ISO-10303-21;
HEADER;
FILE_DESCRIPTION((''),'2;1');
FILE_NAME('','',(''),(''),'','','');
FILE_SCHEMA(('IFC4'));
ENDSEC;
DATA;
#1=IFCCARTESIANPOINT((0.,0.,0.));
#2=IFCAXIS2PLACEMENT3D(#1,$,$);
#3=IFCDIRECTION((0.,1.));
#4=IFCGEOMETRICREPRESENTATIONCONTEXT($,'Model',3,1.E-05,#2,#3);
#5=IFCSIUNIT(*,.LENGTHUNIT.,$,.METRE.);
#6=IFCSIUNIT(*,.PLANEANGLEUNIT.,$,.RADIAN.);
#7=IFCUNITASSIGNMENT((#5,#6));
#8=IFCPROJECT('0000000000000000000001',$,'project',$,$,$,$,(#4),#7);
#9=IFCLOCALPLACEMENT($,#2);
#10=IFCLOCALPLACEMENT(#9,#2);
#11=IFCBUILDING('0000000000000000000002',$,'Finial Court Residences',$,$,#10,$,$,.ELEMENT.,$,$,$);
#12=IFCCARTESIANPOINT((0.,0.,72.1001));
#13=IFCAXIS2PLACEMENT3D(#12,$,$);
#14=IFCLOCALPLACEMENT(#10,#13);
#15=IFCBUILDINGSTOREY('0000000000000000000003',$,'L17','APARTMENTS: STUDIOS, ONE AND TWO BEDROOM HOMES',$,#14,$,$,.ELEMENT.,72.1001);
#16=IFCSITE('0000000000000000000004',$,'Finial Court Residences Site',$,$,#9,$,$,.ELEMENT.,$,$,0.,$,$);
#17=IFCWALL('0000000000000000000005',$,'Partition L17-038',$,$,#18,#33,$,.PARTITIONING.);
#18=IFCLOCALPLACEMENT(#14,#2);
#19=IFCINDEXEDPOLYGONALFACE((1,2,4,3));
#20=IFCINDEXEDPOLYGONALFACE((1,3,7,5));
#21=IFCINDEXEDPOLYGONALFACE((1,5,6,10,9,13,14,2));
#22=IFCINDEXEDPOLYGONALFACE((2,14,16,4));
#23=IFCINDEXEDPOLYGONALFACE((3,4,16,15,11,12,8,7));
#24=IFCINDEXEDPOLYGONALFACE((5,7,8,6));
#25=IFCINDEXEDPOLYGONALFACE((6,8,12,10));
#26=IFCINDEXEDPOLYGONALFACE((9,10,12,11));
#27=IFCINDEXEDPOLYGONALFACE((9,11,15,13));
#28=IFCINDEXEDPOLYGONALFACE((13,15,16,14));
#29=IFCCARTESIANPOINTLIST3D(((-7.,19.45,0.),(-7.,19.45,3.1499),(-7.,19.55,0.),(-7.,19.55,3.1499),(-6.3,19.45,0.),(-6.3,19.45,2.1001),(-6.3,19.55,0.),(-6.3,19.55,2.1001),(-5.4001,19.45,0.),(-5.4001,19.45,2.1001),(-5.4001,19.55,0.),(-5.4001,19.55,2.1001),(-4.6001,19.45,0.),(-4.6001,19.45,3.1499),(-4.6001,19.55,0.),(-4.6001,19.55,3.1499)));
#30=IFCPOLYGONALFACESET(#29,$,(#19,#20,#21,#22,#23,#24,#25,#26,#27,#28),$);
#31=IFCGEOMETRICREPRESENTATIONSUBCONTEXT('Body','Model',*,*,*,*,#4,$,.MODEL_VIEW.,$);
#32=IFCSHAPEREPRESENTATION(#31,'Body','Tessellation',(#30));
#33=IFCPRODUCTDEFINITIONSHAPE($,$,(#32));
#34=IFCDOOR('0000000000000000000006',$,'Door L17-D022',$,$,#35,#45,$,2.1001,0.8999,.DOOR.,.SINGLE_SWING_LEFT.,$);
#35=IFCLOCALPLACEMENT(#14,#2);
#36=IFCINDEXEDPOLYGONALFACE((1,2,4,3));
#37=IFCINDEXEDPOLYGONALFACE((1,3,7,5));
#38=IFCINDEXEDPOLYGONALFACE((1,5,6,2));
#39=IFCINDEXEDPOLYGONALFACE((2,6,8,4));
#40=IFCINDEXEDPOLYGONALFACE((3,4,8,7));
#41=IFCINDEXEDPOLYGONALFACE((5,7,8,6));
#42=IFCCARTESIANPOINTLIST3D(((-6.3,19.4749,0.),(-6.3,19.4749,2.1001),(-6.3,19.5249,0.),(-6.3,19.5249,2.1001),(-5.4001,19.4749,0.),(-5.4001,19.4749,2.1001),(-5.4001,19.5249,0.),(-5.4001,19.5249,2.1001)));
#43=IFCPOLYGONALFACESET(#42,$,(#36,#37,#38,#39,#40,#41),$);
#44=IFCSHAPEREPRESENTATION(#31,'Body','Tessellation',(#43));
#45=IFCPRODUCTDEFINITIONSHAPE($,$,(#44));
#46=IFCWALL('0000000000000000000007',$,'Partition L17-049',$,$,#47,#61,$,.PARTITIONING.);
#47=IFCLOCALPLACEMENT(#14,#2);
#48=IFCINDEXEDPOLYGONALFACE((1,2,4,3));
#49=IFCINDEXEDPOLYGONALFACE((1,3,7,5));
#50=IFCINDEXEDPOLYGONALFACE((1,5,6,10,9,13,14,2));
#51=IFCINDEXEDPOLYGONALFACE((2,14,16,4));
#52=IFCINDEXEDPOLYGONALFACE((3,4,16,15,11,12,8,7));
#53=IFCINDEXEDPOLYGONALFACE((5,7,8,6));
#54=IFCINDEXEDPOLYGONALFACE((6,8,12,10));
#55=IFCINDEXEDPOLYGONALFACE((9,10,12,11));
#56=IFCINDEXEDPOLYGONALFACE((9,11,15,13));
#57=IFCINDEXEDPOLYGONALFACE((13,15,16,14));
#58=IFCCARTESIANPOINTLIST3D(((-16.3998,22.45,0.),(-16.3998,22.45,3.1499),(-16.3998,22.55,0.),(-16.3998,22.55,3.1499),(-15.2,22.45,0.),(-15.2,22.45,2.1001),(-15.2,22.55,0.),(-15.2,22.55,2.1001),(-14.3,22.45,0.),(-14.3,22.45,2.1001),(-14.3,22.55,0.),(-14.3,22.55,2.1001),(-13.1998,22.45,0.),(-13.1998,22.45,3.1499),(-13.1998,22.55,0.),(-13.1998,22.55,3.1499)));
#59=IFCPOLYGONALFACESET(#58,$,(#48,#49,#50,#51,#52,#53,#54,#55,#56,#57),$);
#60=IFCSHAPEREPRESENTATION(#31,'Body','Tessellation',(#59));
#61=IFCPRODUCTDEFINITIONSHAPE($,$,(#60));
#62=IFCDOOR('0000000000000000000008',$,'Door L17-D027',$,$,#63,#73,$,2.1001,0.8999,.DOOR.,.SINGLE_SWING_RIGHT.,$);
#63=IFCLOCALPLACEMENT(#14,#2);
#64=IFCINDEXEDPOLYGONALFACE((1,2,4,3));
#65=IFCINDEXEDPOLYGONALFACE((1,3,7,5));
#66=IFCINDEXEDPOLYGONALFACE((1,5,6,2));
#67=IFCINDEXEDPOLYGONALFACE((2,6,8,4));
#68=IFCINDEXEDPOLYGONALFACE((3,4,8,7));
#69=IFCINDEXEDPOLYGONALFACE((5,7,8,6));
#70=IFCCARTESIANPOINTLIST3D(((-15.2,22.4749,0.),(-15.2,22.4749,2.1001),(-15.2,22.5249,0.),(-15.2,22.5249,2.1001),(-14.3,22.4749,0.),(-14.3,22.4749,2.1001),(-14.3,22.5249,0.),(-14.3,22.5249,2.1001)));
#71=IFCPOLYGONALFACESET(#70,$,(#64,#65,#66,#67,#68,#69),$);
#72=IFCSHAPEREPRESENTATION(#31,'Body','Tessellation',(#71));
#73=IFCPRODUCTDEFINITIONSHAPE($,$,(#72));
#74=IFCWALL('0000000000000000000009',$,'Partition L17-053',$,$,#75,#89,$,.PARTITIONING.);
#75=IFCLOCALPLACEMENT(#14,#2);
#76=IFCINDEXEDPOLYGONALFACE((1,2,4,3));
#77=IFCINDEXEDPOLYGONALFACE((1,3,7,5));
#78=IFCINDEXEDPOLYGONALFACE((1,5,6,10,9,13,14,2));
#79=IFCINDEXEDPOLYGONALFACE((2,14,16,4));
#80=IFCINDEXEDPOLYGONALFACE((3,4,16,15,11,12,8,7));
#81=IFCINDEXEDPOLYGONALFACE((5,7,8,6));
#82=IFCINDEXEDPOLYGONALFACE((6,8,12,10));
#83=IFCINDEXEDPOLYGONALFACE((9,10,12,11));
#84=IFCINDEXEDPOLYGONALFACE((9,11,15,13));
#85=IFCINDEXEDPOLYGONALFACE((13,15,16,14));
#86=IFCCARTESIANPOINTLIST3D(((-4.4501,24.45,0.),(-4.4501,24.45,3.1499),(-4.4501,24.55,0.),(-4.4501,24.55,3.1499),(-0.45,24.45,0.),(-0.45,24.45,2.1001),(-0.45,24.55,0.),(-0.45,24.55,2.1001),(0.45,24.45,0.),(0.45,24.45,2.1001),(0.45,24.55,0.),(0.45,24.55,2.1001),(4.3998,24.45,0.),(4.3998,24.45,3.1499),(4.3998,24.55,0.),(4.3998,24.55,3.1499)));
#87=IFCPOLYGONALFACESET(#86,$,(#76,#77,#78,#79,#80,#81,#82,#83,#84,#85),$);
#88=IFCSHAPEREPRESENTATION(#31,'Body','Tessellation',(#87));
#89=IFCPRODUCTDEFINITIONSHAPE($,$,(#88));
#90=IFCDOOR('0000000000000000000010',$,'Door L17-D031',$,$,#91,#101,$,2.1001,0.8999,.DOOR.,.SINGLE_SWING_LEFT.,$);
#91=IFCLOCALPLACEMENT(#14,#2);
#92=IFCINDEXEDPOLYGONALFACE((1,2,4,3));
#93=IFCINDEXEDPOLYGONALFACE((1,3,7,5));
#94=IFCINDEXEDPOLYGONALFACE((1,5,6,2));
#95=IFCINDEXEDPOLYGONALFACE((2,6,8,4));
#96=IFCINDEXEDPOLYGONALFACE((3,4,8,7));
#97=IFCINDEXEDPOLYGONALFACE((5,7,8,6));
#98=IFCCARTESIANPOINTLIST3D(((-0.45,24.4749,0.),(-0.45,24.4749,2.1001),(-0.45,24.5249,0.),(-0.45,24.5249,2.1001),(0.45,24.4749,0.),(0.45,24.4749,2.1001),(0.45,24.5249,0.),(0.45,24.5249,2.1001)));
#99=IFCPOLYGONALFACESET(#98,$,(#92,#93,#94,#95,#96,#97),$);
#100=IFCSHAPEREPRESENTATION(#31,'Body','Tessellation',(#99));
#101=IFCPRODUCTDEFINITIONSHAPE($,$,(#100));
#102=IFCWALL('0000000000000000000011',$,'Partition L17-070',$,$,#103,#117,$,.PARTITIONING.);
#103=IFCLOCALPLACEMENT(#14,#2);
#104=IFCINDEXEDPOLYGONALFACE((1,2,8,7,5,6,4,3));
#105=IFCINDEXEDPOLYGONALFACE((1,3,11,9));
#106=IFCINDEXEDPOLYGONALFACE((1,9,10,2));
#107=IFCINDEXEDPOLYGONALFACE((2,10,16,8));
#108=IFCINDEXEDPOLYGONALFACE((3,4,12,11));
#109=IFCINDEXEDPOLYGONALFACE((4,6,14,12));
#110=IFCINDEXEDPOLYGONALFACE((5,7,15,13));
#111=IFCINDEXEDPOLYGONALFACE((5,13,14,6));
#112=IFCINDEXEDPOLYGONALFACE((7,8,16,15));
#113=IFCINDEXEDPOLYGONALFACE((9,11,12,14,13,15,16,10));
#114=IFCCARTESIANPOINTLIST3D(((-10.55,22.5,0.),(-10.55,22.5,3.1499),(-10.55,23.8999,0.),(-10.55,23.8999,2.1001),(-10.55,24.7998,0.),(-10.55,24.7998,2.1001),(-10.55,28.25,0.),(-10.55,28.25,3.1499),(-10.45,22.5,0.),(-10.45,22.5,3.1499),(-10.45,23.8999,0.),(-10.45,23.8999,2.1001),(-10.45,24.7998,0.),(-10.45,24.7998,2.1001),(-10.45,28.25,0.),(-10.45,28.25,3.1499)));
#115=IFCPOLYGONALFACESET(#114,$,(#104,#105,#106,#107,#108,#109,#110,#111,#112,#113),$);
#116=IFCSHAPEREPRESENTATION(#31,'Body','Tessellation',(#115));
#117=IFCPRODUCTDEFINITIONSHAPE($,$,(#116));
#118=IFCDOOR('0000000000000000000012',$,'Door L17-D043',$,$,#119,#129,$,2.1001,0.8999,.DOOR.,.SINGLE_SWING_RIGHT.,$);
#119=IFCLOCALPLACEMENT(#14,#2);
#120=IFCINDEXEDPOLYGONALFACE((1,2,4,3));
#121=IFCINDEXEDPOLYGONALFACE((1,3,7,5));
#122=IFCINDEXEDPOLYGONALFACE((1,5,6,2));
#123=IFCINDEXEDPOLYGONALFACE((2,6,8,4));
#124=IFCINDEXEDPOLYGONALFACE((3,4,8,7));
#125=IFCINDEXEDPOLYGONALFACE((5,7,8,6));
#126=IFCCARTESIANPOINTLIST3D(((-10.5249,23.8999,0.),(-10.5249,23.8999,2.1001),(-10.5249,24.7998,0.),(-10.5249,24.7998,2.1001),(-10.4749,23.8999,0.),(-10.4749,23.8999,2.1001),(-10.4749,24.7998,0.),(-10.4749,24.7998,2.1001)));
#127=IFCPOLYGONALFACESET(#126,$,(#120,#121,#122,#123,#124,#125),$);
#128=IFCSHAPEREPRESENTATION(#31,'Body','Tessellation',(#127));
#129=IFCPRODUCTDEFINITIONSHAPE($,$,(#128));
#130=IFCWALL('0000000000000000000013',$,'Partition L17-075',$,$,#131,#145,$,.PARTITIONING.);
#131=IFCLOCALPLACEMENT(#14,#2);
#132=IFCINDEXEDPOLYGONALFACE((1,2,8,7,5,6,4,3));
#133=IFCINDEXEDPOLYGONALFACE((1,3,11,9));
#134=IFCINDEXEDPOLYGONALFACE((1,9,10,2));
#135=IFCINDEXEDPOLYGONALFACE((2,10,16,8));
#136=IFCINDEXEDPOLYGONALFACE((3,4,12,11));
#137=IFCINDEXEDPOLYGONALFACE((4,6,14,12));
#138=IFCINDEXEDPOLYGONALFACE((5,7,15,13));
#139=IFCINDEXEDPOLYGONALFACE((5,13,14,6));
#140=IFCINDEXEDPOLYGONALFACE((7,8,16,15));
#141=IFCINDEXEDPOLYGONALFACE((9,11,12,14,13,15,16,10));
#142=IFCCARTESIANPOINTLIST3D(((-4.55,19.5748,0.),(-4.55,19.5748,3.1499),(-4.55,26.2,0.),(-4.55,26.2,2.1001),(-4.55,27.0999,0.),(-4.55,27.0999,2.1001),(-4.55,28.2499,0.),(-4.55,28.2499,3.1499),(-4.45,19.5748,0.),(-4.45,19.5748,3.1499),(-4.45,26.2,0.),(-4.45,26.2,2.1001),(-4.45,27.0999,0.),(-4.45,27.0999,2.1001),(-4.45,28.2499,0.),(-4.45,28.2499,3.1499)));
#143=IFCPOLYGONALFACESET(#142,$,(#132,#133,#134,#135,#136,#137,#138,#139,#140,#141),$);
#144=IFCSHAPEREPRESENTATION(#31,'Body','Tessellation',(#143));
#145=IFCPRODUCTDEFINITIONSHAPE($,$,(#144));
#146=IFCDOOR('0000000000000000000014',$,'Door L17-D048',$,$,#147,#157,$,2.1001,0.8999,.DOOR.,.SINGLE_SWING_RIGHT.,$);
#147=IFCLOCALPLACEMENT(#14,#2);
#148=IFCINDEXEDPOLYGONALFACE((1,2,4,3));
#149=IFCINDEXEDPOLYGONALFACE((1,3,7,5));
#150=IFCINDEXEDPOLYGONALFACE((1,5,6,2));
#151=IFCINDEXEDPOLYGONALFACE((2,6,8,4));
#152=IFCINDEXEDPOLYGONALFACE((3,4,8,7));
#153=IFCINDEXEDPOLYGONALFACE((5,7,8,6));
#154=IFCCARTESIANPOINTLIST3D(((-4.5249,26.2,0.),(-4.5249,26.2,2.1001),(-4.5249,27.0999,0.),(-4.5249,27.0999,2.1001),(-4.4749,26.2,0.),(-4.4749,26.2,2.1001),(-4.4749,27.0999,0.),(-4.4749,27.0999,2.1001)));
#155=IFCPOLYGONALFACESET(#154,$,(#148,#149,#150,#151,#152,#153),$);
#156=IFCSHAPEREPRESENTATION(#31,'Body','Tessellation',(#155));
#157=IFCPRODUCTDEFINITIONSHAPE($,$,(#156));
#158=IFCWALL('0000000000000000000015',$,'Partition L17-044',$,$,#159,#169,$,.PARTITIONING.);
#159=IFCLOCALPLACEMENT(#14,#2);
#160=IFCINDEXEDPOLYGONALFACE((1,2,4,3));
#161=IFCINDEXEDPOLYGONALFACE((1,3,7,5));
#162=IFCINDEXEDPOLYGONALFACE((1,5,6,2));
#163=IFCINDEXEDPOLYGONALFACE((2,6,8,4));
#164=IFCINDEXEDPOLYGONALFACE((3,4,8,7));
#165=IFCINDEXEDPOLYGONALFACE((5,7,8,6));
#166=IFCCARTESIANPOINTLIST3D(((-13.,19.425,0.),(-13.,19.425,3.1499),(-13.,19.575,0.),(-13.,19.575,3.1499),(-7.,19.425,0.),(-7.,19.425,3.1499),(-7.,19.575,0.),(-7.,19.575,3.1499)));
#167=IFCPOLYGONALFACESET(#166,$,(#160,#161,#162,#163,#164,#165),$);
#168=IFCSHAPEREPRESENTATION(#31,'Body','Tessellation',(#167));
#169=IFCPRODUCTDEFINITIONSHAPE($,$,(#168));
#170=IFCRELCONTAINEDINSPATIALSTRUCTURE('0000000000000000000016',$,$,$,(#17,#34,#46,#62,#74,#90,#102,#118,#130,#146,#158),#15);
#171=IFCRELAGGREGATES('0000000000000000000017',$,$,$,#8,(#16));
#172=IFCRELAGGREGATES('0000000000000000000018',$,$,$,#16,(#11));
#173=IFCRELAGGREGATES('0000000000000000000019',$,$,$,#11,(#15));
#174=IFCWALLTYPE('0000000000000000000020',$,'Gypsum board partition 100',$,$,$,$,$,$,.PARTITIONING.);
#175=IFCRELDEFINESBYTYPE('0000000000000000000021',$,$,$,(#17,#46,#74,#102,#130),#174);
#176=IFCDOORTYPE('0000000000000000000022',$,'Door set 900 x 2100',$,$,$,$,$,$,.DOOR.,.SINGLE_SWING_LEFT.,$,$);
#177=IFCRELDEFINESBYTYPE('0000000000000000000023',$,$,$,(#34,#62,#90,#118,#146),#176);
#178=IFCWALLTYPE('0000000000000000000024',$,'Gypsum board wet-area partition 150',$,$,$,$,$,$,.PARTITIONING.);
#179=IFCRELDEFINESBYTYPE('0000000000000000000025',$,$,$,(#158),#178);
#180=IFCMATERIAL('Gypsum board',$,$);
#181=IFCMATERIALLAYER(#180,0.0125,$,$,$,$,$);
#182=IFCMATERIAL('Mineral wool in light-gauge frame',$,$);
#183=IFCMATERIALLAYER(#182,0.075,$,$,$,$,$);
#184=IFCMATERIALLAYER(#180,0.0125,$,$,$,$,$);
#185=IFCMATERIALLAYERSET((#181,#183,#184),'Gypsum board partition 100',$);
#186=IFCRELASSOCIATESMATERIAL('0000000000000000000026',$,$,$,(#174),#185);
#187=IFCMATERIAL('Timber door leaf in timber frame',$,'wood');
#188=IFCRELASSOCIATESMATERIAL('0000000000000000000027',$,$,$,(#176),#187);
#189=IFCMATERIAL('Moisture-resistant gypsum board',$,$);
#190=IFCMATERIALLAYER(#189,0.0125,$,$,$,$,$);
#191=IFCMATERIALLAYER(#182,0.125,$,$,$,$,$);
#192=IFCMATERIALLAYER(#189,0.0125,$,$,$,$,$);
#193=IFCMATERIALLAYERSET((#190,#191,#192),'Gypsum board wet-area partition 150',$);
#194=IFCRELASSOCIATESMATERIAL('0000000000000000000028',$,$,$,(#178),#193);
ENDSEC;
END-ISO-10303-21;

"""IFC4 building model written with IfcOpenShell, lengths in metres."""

from ifc_helpers import new_model, si_unit, direction, frame, frame_2d, origin, place, context, subcontext, project, spatial, rectangle, extrude, material, layer, layer_set, type_object, element, fill, save


model = new_model("IFC4")

# Units and contexts
model_context = context("Model", 3, precision=1e-05, world=origin(), true_north=direction((0.0, 1.0)))
body_context = subcontext(model_context, "Body", "Model", "MODEL_VIEW")
ifc_project = project(units=[si_unit("LENGTHUNIT", "METRE"), si_unit("PLANEANGLEUNIT", "RADIAN")], contexts=[model_context])

# Site, building, storey
site_placement = place(None, origin())
site = spatial("IfcSite", under=ifc_project, at=site_placement, Name="Finial Court Residences Site", CompositionType="ELEMENT", RefElevation=0.0)
building_placement = place(site_placement, origin())
building = spatial("IfcBuilding", under=site, at=building_placement, Name="Finial Court Residences", CompositionType="ELEMENT")
storey_placement = place(building_placement, frame((0.0, 0.0, 72.1001)))
storey = spatial("IfcBuildingStorey", under=building, at=storey_placement, Name="L17", Description="APARTMENTS: STUDIOS, ONE AND TWO BEDROOM HOMES", CompositionType="ELEMENT", Elevation=72.1001)

# Walls, openings, doors
ifc_material_1 = material(Name="Gypsum board")
ifc_layer_1 = layer(ifc_material_1, 0.0125)
ifc_material_2 = material(Name="Mineral wool in light-gauge frame")
ifc_layer_2 = layer(ifc_material_2, 0.075)
ifc_layer_3 = layer(ifc_material_1, 0.0125)
ifc_layer_set_1 = layer_set([ifc_layer_1, ifc_layer_2, ifc_layer_3], Name="Gypsum board partition 100")
wall_type_1 = type_object("IfcWallType", Name="Gypsum board partition 100", PredefinedType="PARTITIONING", material=ifc_layer_set_1)
wall_1_placement = place(storey_placement, frame((-7.0, 19.5, 0.0), z_axis=(0.0, 0.0, 1.0), x_axis=(1.0, 0.0, 0.0)))
wall_1 = element("IfcWall", 1, at=wall_1_placement, inside=storey, type_object=wall_type_1, Name="Partition L17-038", PredefinedType="PARTITIONING", context=body_context, shape_type="SweptSolid", body=[
    extrude(rectangle(XDim=2.3999, YDim=0.1001, at=frame_2d((1.2, 0.0))), origin(), (0.0, 0.0, 1.0), 3.1499),
])
opening_1_placement = place(wall_1_placement, frame((0.7, 0.0, 0.0)))
opening_1 = element("IfcOpeningElement", 2, at=opening_1_placement, cuts=wall_1, PredefinedType="OPENING", context=body_context, shape_type="SweptSolid", body=[
    extrude(rectangle(XDim=0.8999, YDim=2.1001, at=frame_2d((0.45, 1.05))), frame((0.0, 0.0601, 0.0), z_axis=(0.0, -1.0, 0.0), x_axis=(1.0, 0.0, 0.0)), (0.0, 0.0, 1.0), 0.1201),
])
ifc_material_3 = material(Name="Timber door leaf in timber frame", Category="wood")
door_type = type_object("IfcDoorType", Name="Door set 900 x 2100", OperationType="SINGLE_SWING_LEFT", PredefinedType="DOOR", material=ifc_material_3)
door_1_placement = place(opening_1_placement, origin())
door_1 = element("IfcDoor", 3, at=door_1_placement, inside=storey, type_object=door_type, Name="Door L17-D022", OperationType="SINGLE_SWING_LEFT", OverallHeight=2.1001, OverallWidth=0.8999, PredefinedType="DOOR", context=body_context, shape_type="SweptSolid", body=[
    extrude(rectangle(XDim=0.8999, YDim=2.1001, at=frame_2d((0.45, 1.05))), frame((0.0, 0.0249, 0.0), z_axis=(0.0, -1.0, 0.0), x_axis=(1.0, 0.0, 0.0)), (0.0, 0.0, 1.0), 0.05),
])
fill(opening_1, door_1)
wall_2_placement = place(storey_placement, frame((-16.3999, 22.5, 0.0), z_axis=(0.0, 0.0, 1.0), x_axis=(1.0, 0.0, 0.0)))
wall_2 = element("IfcWall", 4, at=wall_2_placement, inside=storey, type_object=wall_type_1, Name="Partition L17-049", PredefinedType="PARTITIONING", context=body_context, shape_type="SweptSolid", body=[
    extrude(rectangle(XDim=3.2, YDim=0.1001, at=frame_2d((1.6001, 0.0))), origin(), (0.0, 0.0, 1.0), 3.1499),
])
opening_2_placement = place(wall_2_placement, frame((1.2, 0.0, 0.0)))
opening_2 = element("IfcOpeningElement", 5, at=opening_2_placement, cuts=wall_2, PredefinedType="OPENING", context=body_context, shape_type="SweptSolid", body=[
    extrude(rectangle(XDim=0.8999, YDim=2.1001, at=frame_2d((0.45, 1.05))), frame((0.0, 0.0601, 0.0), z_axis=(0.0, -1.0, 0.0), x_axis=(1.0, 0.0, 0.0)), (0.0, 0.0, 1.0), 0.1201),
])
door_2_placement = place(opening_2_placement, origin())
door_2 = element("IfcDoor", 6, at=door_2_placement, inside=storey, type_object=door_type, Name="Door L17-D027", OperationType="SINGLE_SWING_RIGHT", OverallHeight=2.1001, OverallWidth=0.8999, PredefinedType="DOOR", context=body_context, shape_type="SweptSolid", body=[
    extrude(rectangle(XDim=0.8999, YDim=2.1001, at=frame_2d((0.45, 1.05))), frame((0.0, 0.0249, 0.0), z_axis=(0.0, -1.0, 0.0), x_axis=(1.0, 0.0, 0.0)), (0.0, 0.0, 1.0), 0.05),
])
fill(opening_2, door_2)
wall_3_placement = place(storey_placement, frame((-4.45, 24.5, 0.0), z_axis=(0.0, 0.0, 1.0), x_axis=(1.0, 0.0, 0.0)))
wall_3 = element("IfcWall", 7, at=wall_3_placement, inside=storey, type_object=wall_type_1, Name="Partition L17-053", PredefinedType="PARTITIONING", context=body_context, shape_type="SweptSolid", body=[
    extrude(rectangle(XDim=8.8499, YDim=0.1001, at=frame_2d((4.4248, 0.0))), origin(), (0.0, 0.0, 1.0), 3.1499),
])
opening_3_placement = place(wall_3_placement, frame((4.0, 0.0, 0.0)))
opening_3 = element("IfcOpeningElement", 8, at=opening_3_placement, cuts=wall_3, PredefinedType="OPENING", context=body_context, shape_type="SweptSolid", body=[
    extrude(rectangle(XDim=0.8999, YDim=2.1001, at=frame_2d((0.45, 1.05))), frame((0.0, 0.0601, 0.0), z_axis=(0.0, -1.0, 0.0), x_axis=(1.0, 0.0, 0.0)), (0.0, 0.0, 1.0), 0.1201),
])
door_3_placement = place(opening_3_placement, origin())
door_3 = element("IfcDoor", 9, at=door_3_placement, inside=storey, type_object=door_type, Name="Door L17-D031", OperationType="SINGLE_SWING_LEFT", OverallHeight=2.1001, OverallWidth=0.8999, PredefinedType="DOOR", context=body_context, shape_type="SweptSolid", body=[
    extrude(rectangle(XDim=0.8999, YDim=2.1001, at=frame_2d((0.45, 1.05))), frame((0.0, 0.0249, 0.0), z_axis=(0.0, -1.0, 0.0), x_axis=(1.0, 0.0, 0.0)), (0.0, 0.0, 1.0), 0.05),
])
fill(opening_3, door_3)
wall_4_placement = place(storey_placement, frame((-10.5, 22.5, 0.0), z_axis=(0.0, 0.0, 1.0), x_axis=(0.0, 1.0, 0.0)))
wall_4 = element("IfcWall", 10, at=wall_4_placement, inside=storey, type_object=wall_type_1, Name="Partition L17-070", PredefinedType="PARTITIONING", context=body_context, shape_type="SweptSolid", body=[
    extrude(rectangle(XDim=5.75, YDim=0.1001, at=frame_2d((2.875, 0.0))), origin(), (0.0, 0.0, 1.0), 3.1499),
])
opening_4_placement = place(wall_4_placement, frame((1.3999, 0.0, 0.0)))
opening_4 = element("IfcOpeningElement", 11, at=opening_4_placement, cuts=wall_4, PredefinedType="OPENING", context=body_context, shape_type="SweptSolid", body=[
    extrude(rectangle(XDim=0.8999, YDim=2.1001, at=frame_2d((0.45, 1.05))), frame((0.0, 0.0601, 0.0), z_axis=(0.0, -1.0, 0.0), x_axis=(1.0, 0.0, 0.0)), (0.0, 0.0, 1.0), 0.1201),
])
door_4_placement = place(opening_4_placement, origin())
door_4 = element("IfcDoor", 12, at=door_4_placement, inside=storey, type_object=door_type, Name="Door L17-D043", OperationType="SINGLE_SWING_RIGHT", OverallHeight=2.1001, OverallWidth=0.8999, PredefinedType="DOOR", context=body_context, shape_type="SweptSolid", body=[
    extrude(rectangle(XDim=0.8999, YDim=2.1001, at=frame_2d((0.45, 1.05))), frame((0.0, 0.0249, 0.0), z_axis=(0.0, -1.0, 0.0), x_axis=(1.0, 0.0, 0.0)), (0.0, 0.0, 1.0), 0.05),
])
fill(opening_4, door_4)
wall_5_placement = place(storey_placement, frame((-4.5, 19.575, 0.0), z_axis=(0.0, 0.0, 1.0), x_axis=(0.0, 1.0, 0.0)))
wall_5 = element("IfcWall", 13, at=wall_5_placement, inside=storey, type_object=wall_type_1, Name="Partition L17-075", PredefinedType="PARTITIONING", context=body_context, shape_type="SweptSolid", body=[
    extrude(rectangle(XDim=8.675, YDim=0.1001, at=frame_2d((4.3374, 0.0))), origin(), (0.0, 0.0, 1.0), 3.1499),
])
opening_5_placement = place(wall_5_placement, frame((6.625, 0.0, 0.0)))
opening_5 = element("IfcOpeningElement", 14, at=opening_5_placement, cuts=wall_5, PredefinedType="OPENING", context=body_context, shape_type="SweptSolid", body=[
    extrude(rectangle(XDim=0.8999, YDim=2.1001, at=frame_2d((0.45, 1.05))), frame((0.0, 0.0601, 0.0), z_axis=(0.0, -1.0, 0.0), x_axis=(1.0, 0.0, 0.0)), (0.0, 0.0, 1.0), 0.1201),
])
door_5_placement = place(opening_5_placement, origin())
door_5 = element("IfcDoor", 15, at=door_5_placement, inside=storey, type_object=door_type, Name="Door L17-D048", OperationType="SINGLE_SWING_RIGHT", OverallHeight=2.1001, OverallWidth=0.8999, PredefinedType="DOOR", context=body_context, shape_type="SweptSolid", body=[
    extrude(rectangle(XDim=0.8999, YDim=2.1001, at=frame_2d((0.45, 1.05))), frame((0.0, 0.0249, 0.0), z_axis=(0.0, -1.0, 0.0), x_axis=(1.0, 0.0, 0.0)), (0.0, 0.0, 1.0), 0.05),
])
fill(opening_5, door_5)

# Wall
ifc_material_4 = material(Name="Moisture-resistant gypsum board")
ifc_layer_4 = layer(ifc_material_4, 0.0125)
ifc_layer_5 = layer(ifc_material_2, 0.125)
ifc_layer_6 = layer(ifc_material_4, 0.0125)
ifc_layer_set_2 = layer_set([ifc_layer_4, ifc_layer_5, ifc_layer_6], Name="Gypsum board wet-area partition 150")
wall_type_2 = type_object("IfcWallType", Name="Gypsum board wet-area partition 150", PredefinedType="PARTITIONING", material=ifc_layer_set_2)
wall_6_placement = place(storey_placement, frame((-13.0, 19.5, 0.0), z_axis=(0.0, 0.0, 1.0), x_axis=(1.0, 0.0, 0.0)))
element("IfcWall", 16, at=wall_6_placement, inside=storey, type_object=wall_type_2, Name="Partition L17-044", PredefinedType="PARTITIONING", context=body_context, shape_type="SweptSolid", body=[
    extrude(rectangle(XDim=6.0, YDim=0.1499, at=frame_2d((3.0, 0.0))), origin(), (0.0, 0.0, 1.0), 3.1499),
])

save(model, "model.ifc")
